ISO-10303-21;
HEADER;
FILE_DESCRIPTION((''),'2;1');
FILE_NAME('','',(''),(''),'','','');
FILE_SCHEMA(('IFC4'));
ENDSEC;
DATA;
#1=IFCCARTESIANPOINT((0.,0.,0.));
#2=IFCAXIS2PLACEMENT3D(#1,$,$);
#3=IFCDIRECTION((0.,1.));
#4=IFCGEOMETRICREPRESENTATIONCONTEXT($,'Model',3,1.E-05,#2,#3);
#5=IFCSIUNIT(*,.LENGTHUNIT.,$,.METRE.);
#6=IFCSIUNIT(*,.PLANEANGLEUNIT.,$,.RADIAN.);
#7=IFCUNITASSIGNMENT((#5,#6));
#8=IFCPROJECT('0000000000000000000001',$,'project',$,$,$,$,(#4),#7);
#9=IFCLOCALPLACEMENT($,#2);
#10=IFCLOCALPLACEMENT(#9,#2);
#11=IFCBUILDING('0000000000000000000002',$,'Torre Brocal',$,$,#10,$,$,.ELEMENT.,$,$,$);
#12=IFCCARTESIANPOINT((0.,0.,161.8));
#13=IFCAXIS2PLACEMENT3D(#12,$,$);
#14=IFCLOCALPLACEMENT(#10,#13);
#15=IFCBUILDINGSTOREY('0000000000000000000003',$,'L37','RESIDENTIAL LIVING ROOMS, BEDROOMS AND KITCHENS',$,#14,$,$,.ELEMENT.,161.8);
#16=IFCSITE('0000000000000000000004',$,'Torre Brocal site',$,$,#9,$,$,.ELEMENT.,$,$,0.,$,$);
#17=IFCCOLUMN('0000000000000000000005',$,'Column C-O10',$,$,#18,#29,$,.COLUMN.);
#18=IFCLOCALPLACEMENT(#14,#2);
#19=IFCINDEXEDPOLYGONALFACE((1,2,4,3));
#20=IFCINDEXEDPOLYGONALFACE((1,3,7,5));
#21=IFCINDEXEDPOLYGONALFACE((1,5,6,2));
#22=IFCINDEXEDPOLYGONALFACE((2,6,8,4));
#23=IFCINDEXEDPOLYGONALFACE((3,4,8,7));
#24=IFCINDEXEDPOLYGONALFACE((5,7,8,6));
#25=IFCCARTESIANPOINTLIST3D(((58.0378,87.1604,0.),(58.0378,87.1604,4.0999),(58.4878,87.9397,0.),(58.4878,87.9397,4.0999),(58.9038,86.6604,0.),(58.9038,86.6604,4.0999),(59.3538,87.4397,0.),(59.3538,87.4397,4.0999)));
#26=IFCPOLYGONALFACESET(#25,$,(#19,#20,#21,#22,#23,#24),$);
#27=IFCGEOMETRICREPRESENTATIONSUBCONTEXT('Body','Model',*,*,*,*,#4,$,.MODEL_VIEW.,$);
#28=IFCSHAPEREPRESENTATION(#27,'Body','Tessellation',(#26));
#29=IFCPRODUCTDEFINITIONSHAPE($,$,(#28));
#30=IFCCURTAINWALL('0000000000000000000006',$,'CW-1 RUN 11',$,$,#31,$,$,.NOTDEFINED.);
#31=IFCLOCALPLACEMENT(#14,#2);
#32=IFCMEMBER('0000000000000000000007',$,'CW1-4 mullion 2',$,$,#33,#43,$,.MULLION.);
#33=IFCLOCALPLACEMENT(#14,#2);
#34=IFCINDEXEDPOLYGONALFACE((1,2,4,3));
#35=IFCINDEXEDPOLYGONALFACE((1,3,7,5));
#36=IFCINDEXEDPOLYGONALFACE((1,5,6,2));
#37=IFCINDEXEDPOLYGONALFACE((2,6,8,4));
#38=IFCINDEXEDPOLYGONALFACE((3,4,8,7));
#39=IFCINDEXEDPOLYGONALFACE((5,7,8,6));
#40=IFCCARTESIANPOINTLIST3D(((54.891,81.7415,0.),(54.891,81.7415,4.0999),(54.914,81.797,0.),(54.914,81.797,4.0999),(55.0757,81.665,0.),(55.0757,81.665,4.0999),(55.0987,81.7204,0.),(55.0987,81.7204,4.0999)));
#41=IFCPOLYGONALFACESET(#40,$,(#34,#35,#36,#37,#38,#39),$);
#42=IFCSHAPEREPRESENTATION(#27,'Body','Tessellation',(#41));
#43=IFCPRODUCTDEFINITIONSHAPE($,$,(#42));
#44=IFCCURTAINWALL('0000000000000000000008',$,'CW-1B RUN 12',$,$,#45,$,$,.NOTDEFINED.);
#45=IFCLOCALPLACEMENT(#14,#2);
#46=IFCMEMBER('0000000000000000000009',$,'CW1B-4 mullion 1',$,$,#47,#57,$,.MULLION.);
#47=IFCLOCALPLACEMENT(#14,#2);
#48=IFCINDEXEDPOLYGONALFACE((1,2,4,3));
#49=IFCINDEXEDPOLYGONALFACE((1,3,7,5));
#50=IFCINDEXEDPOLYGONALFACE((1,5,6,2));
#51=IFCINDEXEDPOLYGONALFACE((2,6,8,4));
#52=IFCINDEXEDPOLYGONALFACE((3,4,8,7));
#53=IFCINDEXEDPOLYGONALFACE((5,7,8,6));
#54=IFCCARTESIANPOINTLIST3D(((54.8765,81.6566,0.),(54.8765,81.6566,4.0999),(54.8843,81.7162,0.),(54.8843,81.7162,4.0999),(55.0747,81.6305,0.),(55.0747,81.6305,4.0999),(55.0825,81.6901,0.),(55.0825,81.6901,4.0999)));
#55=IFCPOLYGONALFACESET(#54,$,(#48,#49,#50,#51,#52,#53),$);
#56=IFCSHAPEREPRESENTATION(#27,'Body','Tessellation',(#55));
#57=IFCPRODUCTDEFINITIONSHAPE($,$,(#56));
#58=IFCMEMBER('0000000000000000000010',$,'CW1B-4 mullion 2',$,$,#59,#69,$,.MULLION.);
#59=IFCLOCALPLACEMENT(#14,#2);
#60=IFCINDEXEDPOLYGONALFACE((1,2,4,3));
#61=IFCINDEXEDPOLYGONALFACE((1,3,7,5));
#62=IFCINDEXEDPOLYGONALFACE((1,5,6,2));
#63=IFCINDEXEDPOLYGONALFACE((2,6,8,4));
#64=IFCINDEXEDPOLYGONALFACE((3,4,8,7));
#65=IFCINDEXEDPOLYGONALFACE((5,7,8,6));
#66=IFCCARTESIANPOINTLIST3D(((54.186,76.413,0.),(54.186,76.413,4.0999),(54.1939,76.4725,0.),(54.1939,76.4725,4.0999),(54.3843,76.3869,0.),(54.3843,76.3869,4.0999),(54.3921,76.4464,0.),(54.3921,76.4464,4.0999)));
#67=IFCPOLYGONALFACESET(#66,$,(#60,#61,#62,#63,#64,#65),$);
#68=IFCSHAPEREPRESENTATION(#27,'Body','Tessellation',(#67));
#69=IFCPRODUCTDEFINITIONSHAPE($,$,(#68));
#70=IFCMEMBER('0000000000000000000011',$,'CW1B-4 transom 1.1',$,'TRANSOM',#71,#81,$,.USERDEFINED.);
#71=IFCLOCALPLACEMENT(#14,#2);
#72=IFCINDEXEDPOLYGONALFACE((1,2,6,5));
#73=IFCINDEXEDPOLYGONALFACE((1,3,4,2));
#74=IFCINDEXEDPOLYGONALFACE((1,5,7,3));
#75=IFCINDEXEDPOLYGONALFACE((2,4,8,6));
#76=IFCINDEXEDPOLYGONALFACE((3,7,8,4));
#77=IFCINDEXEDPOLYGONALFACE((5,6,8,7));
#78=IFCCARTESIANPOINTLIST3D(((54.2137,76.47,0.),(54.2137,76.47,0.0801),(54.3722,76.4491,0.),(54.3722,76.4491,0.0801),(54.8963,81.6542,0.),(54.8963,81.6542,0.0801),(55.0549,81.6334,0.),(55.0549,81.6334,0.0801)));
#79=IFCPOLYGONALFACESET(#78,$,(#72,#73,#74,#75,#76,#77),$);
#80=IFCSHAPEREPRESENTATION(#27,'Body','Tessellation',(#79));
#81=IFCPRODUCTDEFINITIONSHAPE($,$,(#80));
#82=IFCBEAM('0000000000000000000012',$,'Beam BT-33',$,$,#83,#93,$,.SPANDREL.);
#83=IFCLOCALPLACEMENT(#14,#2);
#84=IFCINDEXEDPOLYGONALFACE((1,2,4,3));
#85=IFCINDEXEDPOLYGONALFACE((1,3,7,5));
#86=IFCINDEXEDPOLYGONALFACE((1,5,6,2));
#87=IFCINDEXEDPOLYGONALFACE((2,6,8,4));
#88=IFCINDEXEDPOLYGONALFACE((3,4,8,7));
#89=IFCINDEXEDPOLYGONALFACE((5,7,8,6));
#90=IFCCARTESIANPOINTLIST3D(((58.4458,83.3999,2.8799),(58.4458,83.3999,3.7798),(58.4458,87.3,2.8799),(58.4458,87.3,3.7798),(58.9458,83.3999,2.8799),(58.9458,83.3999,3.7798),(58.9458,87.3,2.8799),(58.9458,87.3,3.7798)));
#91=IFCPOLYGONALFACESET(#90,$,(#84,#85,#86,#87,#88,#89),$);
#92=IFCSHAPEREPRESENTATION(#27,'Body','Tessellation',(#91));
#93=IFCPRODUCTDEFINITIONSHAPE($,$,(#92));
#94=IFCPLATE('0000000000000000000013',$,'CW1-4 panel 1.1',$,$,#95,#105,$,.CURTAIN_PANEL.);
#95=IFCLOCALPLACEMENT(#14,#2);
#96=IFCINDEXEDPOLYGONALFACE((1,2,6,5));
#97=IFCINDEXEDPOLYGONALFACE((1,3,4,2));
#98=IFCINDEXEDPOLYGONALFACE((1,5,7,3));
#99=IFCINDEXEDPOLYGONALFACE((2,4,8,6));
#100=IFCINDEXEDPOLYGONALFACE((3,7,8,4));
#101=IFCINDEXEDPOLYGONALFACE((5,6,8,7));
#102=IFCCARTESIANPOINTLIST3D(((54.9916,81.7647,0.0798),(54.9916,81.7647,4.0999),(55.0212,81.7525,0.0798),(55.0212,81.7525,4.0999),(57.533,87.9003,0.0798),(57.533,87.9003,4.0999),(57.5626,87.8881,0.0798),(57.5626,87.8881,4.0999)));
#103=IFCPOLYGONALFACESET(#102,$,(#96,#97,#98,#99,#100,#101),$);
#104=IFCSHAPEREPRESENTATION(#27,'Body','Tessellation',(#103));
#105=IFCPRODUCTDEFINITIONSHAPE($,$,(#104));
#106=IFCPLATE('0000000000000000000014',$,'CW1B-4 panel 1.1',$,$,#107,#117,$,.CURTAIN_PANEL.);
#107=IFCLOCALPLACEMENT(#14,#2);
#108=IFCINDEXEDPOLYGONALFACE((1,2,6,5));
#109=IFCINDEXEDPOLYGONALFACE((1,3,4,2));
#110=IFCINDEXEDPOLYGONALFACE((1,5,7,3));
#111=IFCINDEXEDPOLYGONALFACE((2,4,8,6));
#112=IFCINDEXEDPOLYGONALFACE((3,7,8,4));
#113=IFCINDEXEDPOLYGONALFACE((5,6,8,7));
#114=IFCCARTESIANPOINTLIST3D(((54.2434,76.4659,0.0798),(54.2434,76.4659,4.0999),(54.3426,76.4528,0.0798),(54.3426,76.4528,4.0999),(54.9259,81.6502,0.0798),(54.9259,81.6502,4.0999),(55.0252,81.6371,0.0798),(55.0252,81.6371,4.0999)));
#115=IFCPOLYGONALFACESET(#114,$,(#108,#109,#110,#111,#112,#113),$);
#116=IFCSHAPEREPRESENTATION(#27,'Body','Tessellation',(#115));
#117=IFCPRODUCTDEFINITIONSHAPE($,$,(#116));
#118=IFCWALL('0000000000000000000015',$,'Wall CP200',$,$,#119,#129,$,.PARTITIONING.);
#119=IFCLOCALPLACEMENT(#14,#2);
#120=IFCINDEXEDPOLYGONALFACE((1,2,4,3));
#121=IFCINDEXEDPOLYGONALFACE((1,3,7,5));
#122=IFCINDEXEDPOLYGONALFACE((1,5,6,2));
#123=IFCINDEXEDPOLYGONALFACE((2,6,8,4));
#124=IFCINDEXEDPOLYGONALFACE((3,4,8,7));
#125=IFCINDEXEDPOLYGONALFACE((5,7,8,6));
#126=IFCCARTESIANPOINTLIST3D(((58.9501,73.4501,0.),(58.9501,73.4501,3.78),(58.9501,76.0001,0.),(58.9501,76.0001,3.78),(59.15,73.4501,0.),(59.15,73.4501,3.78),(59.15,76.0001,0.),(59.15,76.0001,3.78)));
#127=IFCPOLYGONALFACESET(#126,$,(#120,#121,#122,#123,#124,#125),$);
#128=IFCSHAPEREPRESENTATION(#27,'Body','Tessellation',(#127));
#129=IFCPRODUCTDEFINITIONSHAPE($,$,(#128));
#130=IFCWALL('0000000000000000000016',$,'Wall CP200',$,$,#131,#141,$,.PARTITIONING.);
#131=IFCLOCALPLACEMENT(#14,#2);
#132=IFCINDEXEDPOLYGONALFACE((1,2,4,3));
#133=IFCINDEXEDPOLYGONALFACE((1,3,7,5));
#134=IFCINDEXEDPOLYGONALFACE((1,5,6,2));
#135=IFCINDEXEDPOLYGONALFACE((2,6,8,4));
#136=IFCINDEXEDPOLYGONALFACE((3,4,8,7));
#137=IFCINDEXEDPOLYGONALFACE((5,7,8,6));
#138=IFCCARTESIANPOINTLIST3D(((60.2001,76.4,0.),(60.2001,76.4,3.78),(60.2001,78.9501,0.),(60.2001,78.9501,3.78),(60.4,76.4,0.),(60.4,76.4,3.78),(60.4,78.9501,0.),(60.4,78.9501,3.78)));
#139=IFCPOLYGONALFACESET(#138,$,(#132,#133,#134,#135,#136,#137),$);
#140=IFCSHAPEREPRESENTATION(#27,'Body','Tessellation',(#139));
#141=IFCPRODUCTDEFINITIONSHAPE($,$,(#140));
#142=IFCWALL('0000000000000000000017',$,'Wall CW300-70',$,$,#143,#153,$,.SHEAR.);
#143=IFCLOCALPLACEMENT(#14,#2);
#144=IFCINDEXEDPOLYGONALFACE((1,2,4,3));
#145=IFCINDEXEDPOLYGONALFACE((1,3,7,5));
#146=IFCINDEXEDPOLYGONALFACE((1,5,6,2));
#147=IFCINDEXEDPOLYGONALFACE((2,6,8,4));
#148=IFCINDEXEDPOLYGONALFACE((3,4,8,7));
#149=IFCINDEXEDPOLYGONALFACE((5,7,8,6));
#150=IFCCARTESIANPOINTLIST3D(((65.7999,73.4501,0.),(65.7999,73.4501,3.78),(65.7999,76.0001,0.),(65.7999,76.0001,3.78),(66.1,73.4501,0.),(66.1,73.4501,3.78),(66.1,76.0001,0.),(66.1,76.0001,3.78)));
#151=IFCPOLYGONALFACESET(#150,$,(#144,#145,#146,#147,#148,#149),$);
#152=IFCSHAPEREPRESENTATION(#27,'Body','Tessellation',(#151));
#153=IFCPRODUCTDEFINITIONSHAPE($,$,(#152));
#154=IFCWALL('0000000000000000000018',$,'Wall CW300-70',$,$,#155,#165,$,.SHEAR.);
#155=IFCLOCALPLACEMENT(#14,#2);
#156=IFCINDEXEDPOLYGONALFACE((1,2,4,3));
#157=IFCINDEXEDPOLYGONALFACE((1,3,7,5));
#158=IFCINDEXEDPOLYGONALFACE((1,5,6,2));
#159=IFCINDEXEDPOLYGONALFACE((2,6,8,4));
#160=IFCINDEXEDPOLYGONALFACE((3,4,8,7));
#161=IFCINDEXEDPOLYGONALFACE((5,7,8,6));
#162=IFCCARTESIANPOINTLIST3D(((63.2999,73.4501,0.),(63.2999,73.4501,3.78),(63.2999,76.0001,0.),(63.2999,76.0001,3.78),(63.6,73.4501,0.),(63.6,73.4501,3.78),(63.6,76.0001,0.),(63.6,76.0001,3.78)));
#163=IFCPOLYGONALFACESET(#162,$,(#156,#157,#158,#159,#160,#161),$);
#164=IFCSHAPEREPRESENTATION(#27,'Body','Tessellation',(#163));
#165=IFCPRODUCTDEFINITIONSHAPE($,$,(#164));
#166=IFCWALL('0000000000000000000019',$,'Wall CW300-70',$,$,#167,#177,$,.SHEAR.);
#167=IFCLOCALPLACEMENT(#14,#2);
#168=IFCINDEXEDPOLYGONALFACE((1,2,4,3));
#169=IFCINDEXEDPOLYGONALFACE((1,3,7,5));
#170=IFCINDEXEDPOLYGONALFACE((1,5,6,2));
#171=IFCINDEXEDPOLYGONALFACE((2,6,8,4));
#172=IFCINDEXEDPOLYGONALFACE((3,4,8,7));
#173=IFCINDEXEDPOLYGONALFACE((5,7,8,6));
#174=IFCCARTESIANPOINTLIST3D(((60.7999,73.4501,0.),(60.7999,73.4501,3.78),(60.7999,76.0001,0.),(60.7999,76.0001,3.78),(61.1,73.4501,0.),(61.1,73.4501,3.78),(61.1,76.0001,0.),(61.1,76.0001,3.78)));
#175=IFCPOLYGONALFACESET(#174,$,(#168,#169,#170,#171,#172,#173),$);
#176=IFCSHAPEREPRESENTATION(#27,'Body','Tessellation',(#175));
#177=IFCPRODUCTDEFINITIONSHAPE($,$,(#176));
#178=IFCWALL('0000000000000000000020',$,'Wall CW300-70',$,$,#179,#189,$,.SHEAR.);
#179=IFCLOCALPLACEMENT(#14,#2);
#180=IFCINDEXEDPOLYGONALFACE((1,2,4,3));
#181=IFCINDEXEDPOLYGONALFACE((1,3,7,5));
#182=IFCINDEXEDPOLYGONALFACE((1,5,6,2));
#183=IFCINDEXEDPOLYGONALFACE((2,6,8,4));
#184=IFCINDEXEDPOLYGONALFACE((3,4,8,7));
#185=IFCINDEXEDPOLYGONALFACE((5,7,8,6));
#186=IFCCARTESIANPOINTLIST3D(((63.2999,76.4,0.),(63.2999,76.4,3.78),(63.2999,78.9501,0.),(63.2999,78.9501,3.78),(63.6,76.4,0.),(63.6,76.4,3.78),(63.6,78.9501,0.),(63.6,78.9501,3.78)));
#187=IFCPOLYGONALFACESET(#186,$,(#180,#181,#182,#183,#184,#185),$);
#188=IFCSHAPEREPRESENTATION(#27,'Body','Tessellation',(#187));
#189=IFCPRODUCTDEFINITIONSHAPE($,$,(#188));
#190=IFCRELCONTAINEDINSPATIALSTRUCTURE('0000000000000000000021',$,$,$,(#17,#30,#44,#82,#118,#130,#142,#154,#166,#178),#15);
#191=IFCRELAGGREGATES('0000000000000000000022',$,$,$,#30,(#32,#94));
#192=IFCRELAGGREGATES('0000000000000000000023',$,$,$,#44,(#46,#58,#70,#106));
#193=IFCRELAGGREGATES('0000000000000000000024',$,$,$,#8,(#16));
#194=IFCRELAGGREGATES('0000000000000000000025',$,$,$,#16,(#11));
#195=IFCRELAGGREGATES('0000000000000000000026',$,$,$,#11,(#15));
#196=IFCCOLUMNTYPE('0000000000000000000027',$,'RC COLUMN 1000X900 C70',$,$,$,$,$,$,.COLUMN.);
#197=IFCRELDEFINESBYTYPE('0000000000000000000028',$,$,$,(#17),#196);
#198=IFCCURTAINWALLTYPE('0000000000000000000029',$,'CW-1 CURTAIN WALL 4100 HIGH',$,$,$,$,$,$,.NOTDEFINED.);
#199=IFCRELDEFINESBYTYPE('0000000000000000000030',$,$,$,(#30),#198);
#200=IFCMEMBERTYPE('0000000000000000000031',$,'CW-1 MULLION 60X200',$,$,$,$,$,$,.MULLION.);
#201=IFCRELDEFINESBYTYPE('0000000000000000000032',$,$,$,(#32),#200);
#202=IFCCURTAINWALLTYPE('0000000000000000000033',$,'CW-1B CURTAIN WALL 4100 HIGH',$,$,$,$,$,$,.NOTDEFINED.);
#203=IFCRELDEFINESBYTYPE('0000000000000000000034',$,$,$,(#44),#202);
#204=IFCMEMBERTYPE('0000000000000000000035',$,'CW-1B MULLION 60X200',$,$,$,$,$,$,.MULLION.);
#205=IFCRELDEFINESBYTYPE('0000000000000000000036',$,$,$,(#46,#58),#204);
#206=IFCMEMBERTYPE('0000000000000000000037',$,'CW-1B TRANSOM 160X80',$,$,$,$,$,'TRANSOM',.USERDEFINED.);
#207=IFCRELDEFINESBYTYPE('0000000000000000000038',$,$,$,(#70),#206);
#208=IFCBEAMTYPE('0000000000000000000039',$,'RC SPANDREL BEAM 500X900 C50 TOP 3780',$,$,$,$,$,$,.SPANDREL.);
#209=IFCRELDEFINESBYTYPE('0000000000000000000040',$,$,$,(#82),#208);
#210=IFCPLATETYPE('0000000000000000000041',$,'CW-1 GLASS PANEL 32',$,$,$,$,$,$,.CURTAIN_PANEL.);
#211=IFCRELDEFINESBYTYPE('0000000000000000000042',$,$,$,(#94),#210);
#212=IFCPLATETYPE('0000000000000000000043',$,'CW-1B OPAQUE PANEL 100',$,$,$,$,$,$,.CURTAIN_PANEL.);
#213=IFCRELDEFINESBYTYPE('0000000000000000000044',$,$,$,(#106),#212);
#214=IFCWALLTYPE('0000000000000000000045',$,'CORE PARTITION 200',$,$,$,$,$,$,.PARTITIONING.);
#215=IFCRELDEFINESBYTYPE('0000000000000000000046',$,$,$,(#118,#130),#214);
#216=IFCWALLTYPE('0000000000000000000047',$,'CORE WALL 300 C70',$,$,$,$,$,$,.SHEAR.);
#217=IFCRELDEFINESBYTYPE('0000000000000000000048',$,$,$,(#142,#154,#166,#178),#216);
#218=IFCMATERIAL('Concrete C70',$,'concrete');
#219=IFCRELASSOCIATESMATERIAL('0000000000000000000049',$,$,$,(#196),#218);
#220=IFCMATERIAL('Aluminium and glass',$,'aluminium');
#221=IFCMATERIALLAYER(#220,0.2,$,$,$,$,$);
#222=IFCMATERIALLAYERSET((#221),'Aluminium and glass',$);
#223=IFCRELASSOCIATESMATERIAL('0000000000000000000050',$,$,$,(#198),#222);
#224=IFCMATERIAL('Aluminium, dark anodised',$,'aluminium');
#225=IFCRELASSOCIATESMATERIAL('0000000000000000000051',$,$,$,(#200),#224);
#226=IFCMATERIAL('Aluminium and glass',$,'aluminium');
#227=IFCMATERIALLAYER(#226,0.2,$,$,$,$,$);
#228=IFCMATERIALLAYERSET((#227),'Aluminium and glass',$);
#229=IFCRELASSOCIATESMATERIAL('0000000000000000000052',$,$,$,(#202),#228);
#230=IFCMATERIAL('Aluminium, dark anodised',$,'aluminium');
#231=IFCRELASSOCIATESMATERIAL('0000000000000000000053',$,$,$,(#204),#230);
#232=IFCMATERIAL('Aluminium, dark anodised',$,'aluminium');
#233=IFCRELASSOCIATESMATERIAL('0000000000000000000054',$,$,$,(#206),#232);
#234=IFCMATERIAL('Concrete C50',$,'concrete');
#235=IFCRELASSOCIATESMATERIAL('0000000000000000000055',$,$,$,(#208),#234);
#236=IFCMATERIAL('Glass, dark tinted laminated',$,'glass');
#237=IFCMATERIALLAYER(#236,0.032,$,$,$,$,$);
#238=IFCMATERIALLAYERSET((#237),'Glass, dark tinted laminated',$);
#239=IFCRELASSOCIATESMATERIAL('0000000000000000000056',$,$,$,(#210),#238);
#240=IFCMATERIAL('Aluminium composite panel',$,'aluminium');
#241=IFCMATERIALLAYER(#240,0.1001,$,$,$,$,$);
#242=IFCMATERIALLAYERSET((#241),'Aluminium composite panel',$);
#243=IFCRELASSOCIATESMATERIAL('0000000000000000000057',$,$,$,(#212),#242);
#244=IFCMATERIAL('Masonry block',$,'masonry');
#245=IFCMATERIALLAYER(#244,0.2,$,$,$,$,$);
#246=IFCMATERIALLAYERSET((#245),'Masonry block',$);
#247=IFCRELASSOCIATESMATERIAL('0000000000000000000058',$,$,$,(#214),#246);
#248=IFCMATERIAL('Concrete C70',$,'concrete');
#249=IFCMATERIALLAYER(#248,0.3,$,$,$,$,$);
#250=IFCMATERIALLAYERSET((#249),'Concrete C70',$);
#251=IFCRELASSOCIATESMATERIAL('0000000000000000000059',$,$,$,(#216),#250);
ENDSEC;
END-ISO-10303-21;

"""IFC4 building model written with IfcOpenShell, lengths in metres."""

from ifc_helpers import new_model, si_unit, direction, frame, frame_2d, origin, origin_2d, place, context, subcontext, project, spatial, rectangle, extrude, material, layer, layer_set, material_profile, profile_set, type_object, element, aggregate, save


model = new_model("IFC4")

# Units and contexts
model_context = context("Model", 3, precision=1e-05, world=origin(), true_north=direction((0.0, 1.0)))
body_context = subcontext(model_context, "Body", "Model", "MODEL_VIEW")
ifc_project = project(units=[si_unit("LENGTHUNIT", "METRE"), si_unit("PLANEANGLEUNIT", "RADIAN")], contexts=[model_context])

# Site, building, storey
site_placement = place(None, origin())
site = spatial("IfcSite", under=ifc_project, at=site_placement, Name="Torre Brocal site", CompositionType="ELEMENT", RefElevation=0.0)
building_placement = place(site_placement, origin())
building = spatial("IfcBuilding", under=site, at=building_placement, Name="Torre Brocal", CompositionType="ELEMENT")
storey_placement = place(building_placement, frame((0.0, 0.0, 161.8)))
storey = spatial("IfcBuildingStorey", under=building, at=storey_placement, Name="L37", Description="RESIDENTIAL LIVING ROOMS, BEDROOMS AND KITCHENS", CompositionType="ELEMENT", Elevation=161.8)

# Column
ifc_material_1 = material(Name="Concrete C70", Category="concrete")
ifc_material_profile_1 = material_profile(ifc_material_1, rectangle(XDim=1.0, YDim=0.8999, at=origin_2d()), Name="RC 1000X900")
ifc_profile_set_1 = profile_set([ifc_material_profile_1], Name="Concrete C70")
column_type = type_object("IfcColumnType", Name="RC COLUMN 1000X900 C70", PredefinedType="COLUMN", material=ifc_profile_set_1)
column_placement = place(storey_placement, frame((58.6958, 87.3, 0.0), z_axis=(0.0, 0.0, 1.0), x_axis=(-0.866025, 0.5, 0.0)))
element("IfcColumn", 1, at=column_placement, inside=storey, type_object=column_type, Name="Column C-O10", PredefinedType="COLUMN", context=body_context, shape_type="SweptSolid", body=[
    extrude(rectangle(XDim=1.0, YDim=0.8999, at=origin_2d()), origin(), (0.0, 0.0, 1.0), 4.0999),
])

# Curtain wall, member
ifc_material_2 = material(Name="Aluminium and glass", Category="aluminium")
ifc_layer_1 = layer(ifc_material_2, 0.2)
ifc_layer_set_1 = layer_set([ifc_layer_1], Name="Aluminium and glass")
curtain_wall_type_1 = type_object("IfcCurtainWallType", Name="CW-1 CURTAIN WALL 4100 HIGH", PredefinedType="NOTDEFINED", material=ifc_layer_set_1)
curtain_wall_1_placement = place(storey_placement, origin())
curtain_wall_1 = element("IfcCurtainWall", 2, at=curtain_wall_1_placement, inside=storey, type_object=curtain_wall_type_1, Name="CW-1 RUN 11", PredefinedType="NOTDEFINED")
ifc_material_3 = material(Name="Aluminium, dark anodised", Category="aluminium")
ifc_material_profile_2 = material_profile(ifc_material_3, rectangle(XDim=0.2, YDim=0.0601, at=origin_2d()), Name="CW-1 MULLION 60X200")
ifc_profile_set_2 = profile_set([ifc_material_profile_2], Name="Aluminium, dark anodised")
member_type_1 = type_object("IfcMemberType", Name="CW-1 MULLION 60X200", PredefinedType="MULLION", material=ifc_profile_set_2)
member_1_placement = place(storey_placement, frame((54.9949, 81.731, 0.0), z_axis=(0.0, 0.0, 1.0), x_axis=(0.92388, -0.382683, 0.0)))
member_1 = element("IfcMember", 3, at=member_1_placement, type_object=member_type_1, Name="CW1-4 mullion 2", PredefinedType="MULLION", context=body_context, shape_type="SweptSolid", body=[
    extrude(rectangle(XDim=0.2, YDim=0.0601, at=origin_2d()), origin(), (0.0, 0.0, 1.0), 4.0999),
])

# Curtain wall, members
ifc_material_4 = material(Name="Aluminium and glass", Category="aluminium")
ifc_layer_2 = layer(ifc_material_4, 0.2)
ifc_layer_set_2 = layer_set([ifc_layer_2], Name="Aluminium and glass")
curtain_wall_type_2 = type_object("IfcCurtainWallType", Name="CW-1B CURTAIN WALL 4100 HIGH", PredefinedType="NOTDEFINED", material=ifc_layer_set_2)
curtain_wall_2_placement = place(storey_placement, origin())
curtain_wall_2 = element("IfcCurtainWall", 4, at=curtain_wall_2_placement, inside=storey, type_object=curtain_wall_type_2, Name="CW-1B RUN 12", PredefinedType="NOTDEFINED")
ifc_material_5 = material(Name="Aluminium, dark anodised", Category="aluminium")
ifc_material_profile_3 = material_profile(ifc_material_5, rectangle(XDim=0.2, YDim=0.0601, at=origin_2d()), Name="CW-1B MULLION 60X200")
ifc_profile_set_3 = profile_set([ifc_material_profile_3], Name="Aluminium, dark anodised")
member_type_2 = type_object("IfcMemberType", Name="CW-1B MULLION 60X200", PredefinedType="MULLION", material=ifc_profile_set_3)
member_2_placement = place(storey_placement, frame((54.9795, 81.6733, 0.0), z_axis=(0.0, 0.0, 1.0), x_axis=(0.991445, -0.130526, 0.0)))
member_2 = element("IfcMember", 5, at=member_2_placement, type_object=member_type_2, Name="CW1B-4 mullion 1", PredefinedType="MULLION", context=body_context, shape_type="SweptSolid", body=[
    extrude(rectangle(XDim=0.2, YDim=0.0601, at=origin_2d()), origin(), (0.0, 0.0, 1.0), 4.0999),
])
member_3_placement = place(storey_placement, frame((54.2891, 76.4297, 0.0), z_axis=(0.0, 0.0, 1.0), x_axis=(0.991445, -0.130526, 0.0)))
member_3 = element("IfcMember", 6, at=member_3_placement, type_object=member_type_2, Name="CW1B-4 mullion 2", PredefinedType="MULLION", context=body_context, shape_type="SweptSolid", body=[
    extrude(rectangle(XDim=0.2, YDim=0.0601, at=origin_2d()), origin(), (0.0, 0.0, 1.0), 4.0999),
])
ifc_material_6 = material(Name="Aluminium, dark anodised", Category="aluminium")
ifc_material_profile_4 = material_profile(ifc_material_6, rectangle(XDim=0.1599, YDim=0.0801, at=origin_2d()), Name="CW-1B TRANSOM 160X80")
ifc_profile_set_4 = profile_set([ifc_material_profile_4], Name="Aluminium, dark anodised")
member_type_3 = type_object("IfcMemberType", Name="CW-1B TRANSOM 160X80", ElementType="TRANSOM", PredefinedType="USERDEFINED", material=ifc_profile_set_4)
member_4_placement = place(storey_placement, frame((54.9756, 81.6438, 0.04), z_axis=(-0.130543, -0.991443, 0.0), x_axis=(0.991443, -0.130543, 0.0)))
member_4 = element("IfcMember", 7, at=member_4_placement, type_object=member_type_3, Name="CW1B-4 transom 1.1", ObjectType="TRANSOM", PredefinedType="USERDEFINED", context=body_context, shape_type="SweptSolid", body=[
    extrude(rectangle(XDim=0.1599, YDim=0.0801, at=origin_2d()), origin(), (0.0, 0.0, 1.0), 5.229),
])

# Beam
ifc_material_7 = material(Name="Concrete C50", Category="concrete")
ifc_material_profile_5 = material_profile(ifc_material_7, rectangle(XDim=0.5, YDim=0.8999, at=origin_2d()), Name="RC 500X900")
ifc_profile_set_5 = profile_set([ifc_material_profile_5], Name="Concrete C50")
beam_type = type_object("IfcBeamType", Name="RC SPANDREL BEAM 500X900 C50 TOP 3780", PredefinedType="SPANDREL", material=ifc_profile_set_5)
beam_placement = place(storey_placement, frame((58.6958, 87.3, 3.3298), z_axis=(0.0, -1.0, 0.0), x_axis=(1.0, 0.0, 0.0)))
element("IfcBeam", 8, at=beam_placement, inside=storey, type_object=beam_type, Name="Beam BT-33", PredefinedType="SPANDREL", context=body_context, shape_type="SweptSolid", body=[
    extrude(rectangle(XDim=0.5, YDim=0.8999, at=origin_2d()), origin(), (0.0, 0.0, 1.0), 3.9001),
])

# Plates
ifc_material_8 = material(Name="Glass, dark tinted laminated", Category="glass")
ifc_layer_3 = layer(ifc_material_8, 0.032)
ifc_layer_set_3 = layer_set([ifc_layer_3], Name="Glass, dark tinted laminated")
plate_type_1 = type_object("IfcPlateType", Name="CW-1 GLASS PANEL 32", PredefinedType="CURTAIN_PANEL", material=ifc_layer_set_3)
plate_1_placement = place(storey_placement, frame((56.2771, 84.8264, 0.0798), z_axis=(0.0, 0.0, 1.0), x_axis=(-0.382683, -0.92388, 0.0)))
plate_1 = element("IfcPlate", 9, at=plate_1_placement, type_object=plate_type_1, Name="CW1-4 panel 1.1", PredefinedType="CURTAIN_PANEL", context=body_context, shape_type="SweptSolid", body=[
    extrude(rectangle(XDim=6.6411, YDim=0.032, at=origin_2d()), origin(), (0.0, 0.0, 1.0), 4.02),
])
aggregate(curtain_wall_1, [member_1, plate_1])
ifc_material_9 = material(Name="Aluminium composite panel", Category="aluminium")
ifc_layer_4 = layer(ifc_material_9, 0.1001)
ifc_layer_set_4 = layer_set([ifc_layer_4], Name="Aluminium composite panel")
plate_type_2 = type_object("IfcPlateType", Name="CW-1B OPAQUE PANEL 100", PredefinedType="CURTAIN_PANEL", material=ifc_layer_set_4)
plate_2_placement = place(storey_placement, frame((54.6343, 79.0515, 0.0798), z_axis=(0.0, 0.0, 1.0), x_axis=(-0.130526, -0.991445, 0.0)))
plate_2 = element("IfcPlate", 10, at=plate_2_placement, type_object=plate_type_2, Name="CW1B-4 panel 1.1", PredefinedType="CURTAIN_PANEL", context=body_context, shape_type="SweptSolid", body=[
    extrude(rectangle(XDim=5.229, YDim=0.1001, at=origin_2d()), origin(), (0.0, 0.0, 1.0), 4.02),
])
aggregate(curtain_wall_2, [member_2, member_3, member_4, plate_2])

# Walls
ifc_material_10 = material(Name="Masonry block", Category="masonry")
ifc_layer_5 = layer(ifc_material_10, 0.2)
ifc_layer_set_5 = layer_set([ifc_layer_5], Name="Masonry block")
wall_type_1 = type_object("IfcWallType", Name="CORE PARTITION 200", PredefinedType="PARTITIONING", material=ifc_layer_set_5)
for number, where, z_axis, x_axis, name in (
    (11, (59.05, 76.0, 0.0), (0.0, 0.0, 1.0), (0.0, -1.0, 0.0), "Wall CP200"),
    (12, (60.3, 78.95, 0.0), (0.0, 0.0, 1.0), (0.0, -1.0, 0.0), "Wall CP200"),
):
    element("IfcWall", number, at=place(storey_placement, frame(where, z_axis=z_axis, x_axis=x_axis)), inside=storey, type_object=wall_type_1, Name=name, PredefinedType="PARTITIONING", context=body_context, shape_type="SweptSolid", body=[
        extrude(rectangle(XDim=2.55, YDim=0.2, at=frame_2d((1.2749, 0.0))), origin(), (0.0, 0.0, 1.0), 3.78),
    ])
ifc_material_11 = material(Name="Concrete C70", Category="concrete")
ifc_layer_6 = layer(ifc_material_11, 0.3)
ifc_layer_set_6 = layer_set([ifc_layer_6], Name="Concrete C70")
wall_type_2 = type_object("IfcWallType", Name="CORE WALL 300 C70", PredefinedType="SHEAR", material=ifc_layer_set_6)
for number, where, z_axis, x_axis, name in (
    (13, (65.95, 76.0, 0.0), (0.0, 0.0, 1.0), (0.0, -1.0, 0.0), "Wall CW300-70"),
    (14, (63.45, 76.0, 0.0), (0.0, 0.0, 1.0), (0.0, -1.0, 0.0), "Wall CW300-70"),
    (15, (60.95, 76.0, 0.0), (0.0, 0.0, 1.0), (0.0, -1.0, 0.0), "Wall CW300-70"),
    (16, (63.45, 78.95, 0.0), (0.0, 0.0, 1.0), (0.0, -1.0, 0.0), "Wall CW300-70"),
):
    element("IfcWall", number, at=place(storey_placement, frame(where, z_axis=z_axis, x_axis=x_axis)), inside=storey, type_object=wall_type_2, Name=name, PredefinedType="SHEAR", context=body_context, shape_type="SweptSolid", body=[
        extrude(rectangle(XDim=2.55, YDim=0.3, at=frame_2d((1.2749, 0.0))), origin(), (0.0, 0.0, 1.0), 3.78),
    ])

save(model, "model.ifc")
